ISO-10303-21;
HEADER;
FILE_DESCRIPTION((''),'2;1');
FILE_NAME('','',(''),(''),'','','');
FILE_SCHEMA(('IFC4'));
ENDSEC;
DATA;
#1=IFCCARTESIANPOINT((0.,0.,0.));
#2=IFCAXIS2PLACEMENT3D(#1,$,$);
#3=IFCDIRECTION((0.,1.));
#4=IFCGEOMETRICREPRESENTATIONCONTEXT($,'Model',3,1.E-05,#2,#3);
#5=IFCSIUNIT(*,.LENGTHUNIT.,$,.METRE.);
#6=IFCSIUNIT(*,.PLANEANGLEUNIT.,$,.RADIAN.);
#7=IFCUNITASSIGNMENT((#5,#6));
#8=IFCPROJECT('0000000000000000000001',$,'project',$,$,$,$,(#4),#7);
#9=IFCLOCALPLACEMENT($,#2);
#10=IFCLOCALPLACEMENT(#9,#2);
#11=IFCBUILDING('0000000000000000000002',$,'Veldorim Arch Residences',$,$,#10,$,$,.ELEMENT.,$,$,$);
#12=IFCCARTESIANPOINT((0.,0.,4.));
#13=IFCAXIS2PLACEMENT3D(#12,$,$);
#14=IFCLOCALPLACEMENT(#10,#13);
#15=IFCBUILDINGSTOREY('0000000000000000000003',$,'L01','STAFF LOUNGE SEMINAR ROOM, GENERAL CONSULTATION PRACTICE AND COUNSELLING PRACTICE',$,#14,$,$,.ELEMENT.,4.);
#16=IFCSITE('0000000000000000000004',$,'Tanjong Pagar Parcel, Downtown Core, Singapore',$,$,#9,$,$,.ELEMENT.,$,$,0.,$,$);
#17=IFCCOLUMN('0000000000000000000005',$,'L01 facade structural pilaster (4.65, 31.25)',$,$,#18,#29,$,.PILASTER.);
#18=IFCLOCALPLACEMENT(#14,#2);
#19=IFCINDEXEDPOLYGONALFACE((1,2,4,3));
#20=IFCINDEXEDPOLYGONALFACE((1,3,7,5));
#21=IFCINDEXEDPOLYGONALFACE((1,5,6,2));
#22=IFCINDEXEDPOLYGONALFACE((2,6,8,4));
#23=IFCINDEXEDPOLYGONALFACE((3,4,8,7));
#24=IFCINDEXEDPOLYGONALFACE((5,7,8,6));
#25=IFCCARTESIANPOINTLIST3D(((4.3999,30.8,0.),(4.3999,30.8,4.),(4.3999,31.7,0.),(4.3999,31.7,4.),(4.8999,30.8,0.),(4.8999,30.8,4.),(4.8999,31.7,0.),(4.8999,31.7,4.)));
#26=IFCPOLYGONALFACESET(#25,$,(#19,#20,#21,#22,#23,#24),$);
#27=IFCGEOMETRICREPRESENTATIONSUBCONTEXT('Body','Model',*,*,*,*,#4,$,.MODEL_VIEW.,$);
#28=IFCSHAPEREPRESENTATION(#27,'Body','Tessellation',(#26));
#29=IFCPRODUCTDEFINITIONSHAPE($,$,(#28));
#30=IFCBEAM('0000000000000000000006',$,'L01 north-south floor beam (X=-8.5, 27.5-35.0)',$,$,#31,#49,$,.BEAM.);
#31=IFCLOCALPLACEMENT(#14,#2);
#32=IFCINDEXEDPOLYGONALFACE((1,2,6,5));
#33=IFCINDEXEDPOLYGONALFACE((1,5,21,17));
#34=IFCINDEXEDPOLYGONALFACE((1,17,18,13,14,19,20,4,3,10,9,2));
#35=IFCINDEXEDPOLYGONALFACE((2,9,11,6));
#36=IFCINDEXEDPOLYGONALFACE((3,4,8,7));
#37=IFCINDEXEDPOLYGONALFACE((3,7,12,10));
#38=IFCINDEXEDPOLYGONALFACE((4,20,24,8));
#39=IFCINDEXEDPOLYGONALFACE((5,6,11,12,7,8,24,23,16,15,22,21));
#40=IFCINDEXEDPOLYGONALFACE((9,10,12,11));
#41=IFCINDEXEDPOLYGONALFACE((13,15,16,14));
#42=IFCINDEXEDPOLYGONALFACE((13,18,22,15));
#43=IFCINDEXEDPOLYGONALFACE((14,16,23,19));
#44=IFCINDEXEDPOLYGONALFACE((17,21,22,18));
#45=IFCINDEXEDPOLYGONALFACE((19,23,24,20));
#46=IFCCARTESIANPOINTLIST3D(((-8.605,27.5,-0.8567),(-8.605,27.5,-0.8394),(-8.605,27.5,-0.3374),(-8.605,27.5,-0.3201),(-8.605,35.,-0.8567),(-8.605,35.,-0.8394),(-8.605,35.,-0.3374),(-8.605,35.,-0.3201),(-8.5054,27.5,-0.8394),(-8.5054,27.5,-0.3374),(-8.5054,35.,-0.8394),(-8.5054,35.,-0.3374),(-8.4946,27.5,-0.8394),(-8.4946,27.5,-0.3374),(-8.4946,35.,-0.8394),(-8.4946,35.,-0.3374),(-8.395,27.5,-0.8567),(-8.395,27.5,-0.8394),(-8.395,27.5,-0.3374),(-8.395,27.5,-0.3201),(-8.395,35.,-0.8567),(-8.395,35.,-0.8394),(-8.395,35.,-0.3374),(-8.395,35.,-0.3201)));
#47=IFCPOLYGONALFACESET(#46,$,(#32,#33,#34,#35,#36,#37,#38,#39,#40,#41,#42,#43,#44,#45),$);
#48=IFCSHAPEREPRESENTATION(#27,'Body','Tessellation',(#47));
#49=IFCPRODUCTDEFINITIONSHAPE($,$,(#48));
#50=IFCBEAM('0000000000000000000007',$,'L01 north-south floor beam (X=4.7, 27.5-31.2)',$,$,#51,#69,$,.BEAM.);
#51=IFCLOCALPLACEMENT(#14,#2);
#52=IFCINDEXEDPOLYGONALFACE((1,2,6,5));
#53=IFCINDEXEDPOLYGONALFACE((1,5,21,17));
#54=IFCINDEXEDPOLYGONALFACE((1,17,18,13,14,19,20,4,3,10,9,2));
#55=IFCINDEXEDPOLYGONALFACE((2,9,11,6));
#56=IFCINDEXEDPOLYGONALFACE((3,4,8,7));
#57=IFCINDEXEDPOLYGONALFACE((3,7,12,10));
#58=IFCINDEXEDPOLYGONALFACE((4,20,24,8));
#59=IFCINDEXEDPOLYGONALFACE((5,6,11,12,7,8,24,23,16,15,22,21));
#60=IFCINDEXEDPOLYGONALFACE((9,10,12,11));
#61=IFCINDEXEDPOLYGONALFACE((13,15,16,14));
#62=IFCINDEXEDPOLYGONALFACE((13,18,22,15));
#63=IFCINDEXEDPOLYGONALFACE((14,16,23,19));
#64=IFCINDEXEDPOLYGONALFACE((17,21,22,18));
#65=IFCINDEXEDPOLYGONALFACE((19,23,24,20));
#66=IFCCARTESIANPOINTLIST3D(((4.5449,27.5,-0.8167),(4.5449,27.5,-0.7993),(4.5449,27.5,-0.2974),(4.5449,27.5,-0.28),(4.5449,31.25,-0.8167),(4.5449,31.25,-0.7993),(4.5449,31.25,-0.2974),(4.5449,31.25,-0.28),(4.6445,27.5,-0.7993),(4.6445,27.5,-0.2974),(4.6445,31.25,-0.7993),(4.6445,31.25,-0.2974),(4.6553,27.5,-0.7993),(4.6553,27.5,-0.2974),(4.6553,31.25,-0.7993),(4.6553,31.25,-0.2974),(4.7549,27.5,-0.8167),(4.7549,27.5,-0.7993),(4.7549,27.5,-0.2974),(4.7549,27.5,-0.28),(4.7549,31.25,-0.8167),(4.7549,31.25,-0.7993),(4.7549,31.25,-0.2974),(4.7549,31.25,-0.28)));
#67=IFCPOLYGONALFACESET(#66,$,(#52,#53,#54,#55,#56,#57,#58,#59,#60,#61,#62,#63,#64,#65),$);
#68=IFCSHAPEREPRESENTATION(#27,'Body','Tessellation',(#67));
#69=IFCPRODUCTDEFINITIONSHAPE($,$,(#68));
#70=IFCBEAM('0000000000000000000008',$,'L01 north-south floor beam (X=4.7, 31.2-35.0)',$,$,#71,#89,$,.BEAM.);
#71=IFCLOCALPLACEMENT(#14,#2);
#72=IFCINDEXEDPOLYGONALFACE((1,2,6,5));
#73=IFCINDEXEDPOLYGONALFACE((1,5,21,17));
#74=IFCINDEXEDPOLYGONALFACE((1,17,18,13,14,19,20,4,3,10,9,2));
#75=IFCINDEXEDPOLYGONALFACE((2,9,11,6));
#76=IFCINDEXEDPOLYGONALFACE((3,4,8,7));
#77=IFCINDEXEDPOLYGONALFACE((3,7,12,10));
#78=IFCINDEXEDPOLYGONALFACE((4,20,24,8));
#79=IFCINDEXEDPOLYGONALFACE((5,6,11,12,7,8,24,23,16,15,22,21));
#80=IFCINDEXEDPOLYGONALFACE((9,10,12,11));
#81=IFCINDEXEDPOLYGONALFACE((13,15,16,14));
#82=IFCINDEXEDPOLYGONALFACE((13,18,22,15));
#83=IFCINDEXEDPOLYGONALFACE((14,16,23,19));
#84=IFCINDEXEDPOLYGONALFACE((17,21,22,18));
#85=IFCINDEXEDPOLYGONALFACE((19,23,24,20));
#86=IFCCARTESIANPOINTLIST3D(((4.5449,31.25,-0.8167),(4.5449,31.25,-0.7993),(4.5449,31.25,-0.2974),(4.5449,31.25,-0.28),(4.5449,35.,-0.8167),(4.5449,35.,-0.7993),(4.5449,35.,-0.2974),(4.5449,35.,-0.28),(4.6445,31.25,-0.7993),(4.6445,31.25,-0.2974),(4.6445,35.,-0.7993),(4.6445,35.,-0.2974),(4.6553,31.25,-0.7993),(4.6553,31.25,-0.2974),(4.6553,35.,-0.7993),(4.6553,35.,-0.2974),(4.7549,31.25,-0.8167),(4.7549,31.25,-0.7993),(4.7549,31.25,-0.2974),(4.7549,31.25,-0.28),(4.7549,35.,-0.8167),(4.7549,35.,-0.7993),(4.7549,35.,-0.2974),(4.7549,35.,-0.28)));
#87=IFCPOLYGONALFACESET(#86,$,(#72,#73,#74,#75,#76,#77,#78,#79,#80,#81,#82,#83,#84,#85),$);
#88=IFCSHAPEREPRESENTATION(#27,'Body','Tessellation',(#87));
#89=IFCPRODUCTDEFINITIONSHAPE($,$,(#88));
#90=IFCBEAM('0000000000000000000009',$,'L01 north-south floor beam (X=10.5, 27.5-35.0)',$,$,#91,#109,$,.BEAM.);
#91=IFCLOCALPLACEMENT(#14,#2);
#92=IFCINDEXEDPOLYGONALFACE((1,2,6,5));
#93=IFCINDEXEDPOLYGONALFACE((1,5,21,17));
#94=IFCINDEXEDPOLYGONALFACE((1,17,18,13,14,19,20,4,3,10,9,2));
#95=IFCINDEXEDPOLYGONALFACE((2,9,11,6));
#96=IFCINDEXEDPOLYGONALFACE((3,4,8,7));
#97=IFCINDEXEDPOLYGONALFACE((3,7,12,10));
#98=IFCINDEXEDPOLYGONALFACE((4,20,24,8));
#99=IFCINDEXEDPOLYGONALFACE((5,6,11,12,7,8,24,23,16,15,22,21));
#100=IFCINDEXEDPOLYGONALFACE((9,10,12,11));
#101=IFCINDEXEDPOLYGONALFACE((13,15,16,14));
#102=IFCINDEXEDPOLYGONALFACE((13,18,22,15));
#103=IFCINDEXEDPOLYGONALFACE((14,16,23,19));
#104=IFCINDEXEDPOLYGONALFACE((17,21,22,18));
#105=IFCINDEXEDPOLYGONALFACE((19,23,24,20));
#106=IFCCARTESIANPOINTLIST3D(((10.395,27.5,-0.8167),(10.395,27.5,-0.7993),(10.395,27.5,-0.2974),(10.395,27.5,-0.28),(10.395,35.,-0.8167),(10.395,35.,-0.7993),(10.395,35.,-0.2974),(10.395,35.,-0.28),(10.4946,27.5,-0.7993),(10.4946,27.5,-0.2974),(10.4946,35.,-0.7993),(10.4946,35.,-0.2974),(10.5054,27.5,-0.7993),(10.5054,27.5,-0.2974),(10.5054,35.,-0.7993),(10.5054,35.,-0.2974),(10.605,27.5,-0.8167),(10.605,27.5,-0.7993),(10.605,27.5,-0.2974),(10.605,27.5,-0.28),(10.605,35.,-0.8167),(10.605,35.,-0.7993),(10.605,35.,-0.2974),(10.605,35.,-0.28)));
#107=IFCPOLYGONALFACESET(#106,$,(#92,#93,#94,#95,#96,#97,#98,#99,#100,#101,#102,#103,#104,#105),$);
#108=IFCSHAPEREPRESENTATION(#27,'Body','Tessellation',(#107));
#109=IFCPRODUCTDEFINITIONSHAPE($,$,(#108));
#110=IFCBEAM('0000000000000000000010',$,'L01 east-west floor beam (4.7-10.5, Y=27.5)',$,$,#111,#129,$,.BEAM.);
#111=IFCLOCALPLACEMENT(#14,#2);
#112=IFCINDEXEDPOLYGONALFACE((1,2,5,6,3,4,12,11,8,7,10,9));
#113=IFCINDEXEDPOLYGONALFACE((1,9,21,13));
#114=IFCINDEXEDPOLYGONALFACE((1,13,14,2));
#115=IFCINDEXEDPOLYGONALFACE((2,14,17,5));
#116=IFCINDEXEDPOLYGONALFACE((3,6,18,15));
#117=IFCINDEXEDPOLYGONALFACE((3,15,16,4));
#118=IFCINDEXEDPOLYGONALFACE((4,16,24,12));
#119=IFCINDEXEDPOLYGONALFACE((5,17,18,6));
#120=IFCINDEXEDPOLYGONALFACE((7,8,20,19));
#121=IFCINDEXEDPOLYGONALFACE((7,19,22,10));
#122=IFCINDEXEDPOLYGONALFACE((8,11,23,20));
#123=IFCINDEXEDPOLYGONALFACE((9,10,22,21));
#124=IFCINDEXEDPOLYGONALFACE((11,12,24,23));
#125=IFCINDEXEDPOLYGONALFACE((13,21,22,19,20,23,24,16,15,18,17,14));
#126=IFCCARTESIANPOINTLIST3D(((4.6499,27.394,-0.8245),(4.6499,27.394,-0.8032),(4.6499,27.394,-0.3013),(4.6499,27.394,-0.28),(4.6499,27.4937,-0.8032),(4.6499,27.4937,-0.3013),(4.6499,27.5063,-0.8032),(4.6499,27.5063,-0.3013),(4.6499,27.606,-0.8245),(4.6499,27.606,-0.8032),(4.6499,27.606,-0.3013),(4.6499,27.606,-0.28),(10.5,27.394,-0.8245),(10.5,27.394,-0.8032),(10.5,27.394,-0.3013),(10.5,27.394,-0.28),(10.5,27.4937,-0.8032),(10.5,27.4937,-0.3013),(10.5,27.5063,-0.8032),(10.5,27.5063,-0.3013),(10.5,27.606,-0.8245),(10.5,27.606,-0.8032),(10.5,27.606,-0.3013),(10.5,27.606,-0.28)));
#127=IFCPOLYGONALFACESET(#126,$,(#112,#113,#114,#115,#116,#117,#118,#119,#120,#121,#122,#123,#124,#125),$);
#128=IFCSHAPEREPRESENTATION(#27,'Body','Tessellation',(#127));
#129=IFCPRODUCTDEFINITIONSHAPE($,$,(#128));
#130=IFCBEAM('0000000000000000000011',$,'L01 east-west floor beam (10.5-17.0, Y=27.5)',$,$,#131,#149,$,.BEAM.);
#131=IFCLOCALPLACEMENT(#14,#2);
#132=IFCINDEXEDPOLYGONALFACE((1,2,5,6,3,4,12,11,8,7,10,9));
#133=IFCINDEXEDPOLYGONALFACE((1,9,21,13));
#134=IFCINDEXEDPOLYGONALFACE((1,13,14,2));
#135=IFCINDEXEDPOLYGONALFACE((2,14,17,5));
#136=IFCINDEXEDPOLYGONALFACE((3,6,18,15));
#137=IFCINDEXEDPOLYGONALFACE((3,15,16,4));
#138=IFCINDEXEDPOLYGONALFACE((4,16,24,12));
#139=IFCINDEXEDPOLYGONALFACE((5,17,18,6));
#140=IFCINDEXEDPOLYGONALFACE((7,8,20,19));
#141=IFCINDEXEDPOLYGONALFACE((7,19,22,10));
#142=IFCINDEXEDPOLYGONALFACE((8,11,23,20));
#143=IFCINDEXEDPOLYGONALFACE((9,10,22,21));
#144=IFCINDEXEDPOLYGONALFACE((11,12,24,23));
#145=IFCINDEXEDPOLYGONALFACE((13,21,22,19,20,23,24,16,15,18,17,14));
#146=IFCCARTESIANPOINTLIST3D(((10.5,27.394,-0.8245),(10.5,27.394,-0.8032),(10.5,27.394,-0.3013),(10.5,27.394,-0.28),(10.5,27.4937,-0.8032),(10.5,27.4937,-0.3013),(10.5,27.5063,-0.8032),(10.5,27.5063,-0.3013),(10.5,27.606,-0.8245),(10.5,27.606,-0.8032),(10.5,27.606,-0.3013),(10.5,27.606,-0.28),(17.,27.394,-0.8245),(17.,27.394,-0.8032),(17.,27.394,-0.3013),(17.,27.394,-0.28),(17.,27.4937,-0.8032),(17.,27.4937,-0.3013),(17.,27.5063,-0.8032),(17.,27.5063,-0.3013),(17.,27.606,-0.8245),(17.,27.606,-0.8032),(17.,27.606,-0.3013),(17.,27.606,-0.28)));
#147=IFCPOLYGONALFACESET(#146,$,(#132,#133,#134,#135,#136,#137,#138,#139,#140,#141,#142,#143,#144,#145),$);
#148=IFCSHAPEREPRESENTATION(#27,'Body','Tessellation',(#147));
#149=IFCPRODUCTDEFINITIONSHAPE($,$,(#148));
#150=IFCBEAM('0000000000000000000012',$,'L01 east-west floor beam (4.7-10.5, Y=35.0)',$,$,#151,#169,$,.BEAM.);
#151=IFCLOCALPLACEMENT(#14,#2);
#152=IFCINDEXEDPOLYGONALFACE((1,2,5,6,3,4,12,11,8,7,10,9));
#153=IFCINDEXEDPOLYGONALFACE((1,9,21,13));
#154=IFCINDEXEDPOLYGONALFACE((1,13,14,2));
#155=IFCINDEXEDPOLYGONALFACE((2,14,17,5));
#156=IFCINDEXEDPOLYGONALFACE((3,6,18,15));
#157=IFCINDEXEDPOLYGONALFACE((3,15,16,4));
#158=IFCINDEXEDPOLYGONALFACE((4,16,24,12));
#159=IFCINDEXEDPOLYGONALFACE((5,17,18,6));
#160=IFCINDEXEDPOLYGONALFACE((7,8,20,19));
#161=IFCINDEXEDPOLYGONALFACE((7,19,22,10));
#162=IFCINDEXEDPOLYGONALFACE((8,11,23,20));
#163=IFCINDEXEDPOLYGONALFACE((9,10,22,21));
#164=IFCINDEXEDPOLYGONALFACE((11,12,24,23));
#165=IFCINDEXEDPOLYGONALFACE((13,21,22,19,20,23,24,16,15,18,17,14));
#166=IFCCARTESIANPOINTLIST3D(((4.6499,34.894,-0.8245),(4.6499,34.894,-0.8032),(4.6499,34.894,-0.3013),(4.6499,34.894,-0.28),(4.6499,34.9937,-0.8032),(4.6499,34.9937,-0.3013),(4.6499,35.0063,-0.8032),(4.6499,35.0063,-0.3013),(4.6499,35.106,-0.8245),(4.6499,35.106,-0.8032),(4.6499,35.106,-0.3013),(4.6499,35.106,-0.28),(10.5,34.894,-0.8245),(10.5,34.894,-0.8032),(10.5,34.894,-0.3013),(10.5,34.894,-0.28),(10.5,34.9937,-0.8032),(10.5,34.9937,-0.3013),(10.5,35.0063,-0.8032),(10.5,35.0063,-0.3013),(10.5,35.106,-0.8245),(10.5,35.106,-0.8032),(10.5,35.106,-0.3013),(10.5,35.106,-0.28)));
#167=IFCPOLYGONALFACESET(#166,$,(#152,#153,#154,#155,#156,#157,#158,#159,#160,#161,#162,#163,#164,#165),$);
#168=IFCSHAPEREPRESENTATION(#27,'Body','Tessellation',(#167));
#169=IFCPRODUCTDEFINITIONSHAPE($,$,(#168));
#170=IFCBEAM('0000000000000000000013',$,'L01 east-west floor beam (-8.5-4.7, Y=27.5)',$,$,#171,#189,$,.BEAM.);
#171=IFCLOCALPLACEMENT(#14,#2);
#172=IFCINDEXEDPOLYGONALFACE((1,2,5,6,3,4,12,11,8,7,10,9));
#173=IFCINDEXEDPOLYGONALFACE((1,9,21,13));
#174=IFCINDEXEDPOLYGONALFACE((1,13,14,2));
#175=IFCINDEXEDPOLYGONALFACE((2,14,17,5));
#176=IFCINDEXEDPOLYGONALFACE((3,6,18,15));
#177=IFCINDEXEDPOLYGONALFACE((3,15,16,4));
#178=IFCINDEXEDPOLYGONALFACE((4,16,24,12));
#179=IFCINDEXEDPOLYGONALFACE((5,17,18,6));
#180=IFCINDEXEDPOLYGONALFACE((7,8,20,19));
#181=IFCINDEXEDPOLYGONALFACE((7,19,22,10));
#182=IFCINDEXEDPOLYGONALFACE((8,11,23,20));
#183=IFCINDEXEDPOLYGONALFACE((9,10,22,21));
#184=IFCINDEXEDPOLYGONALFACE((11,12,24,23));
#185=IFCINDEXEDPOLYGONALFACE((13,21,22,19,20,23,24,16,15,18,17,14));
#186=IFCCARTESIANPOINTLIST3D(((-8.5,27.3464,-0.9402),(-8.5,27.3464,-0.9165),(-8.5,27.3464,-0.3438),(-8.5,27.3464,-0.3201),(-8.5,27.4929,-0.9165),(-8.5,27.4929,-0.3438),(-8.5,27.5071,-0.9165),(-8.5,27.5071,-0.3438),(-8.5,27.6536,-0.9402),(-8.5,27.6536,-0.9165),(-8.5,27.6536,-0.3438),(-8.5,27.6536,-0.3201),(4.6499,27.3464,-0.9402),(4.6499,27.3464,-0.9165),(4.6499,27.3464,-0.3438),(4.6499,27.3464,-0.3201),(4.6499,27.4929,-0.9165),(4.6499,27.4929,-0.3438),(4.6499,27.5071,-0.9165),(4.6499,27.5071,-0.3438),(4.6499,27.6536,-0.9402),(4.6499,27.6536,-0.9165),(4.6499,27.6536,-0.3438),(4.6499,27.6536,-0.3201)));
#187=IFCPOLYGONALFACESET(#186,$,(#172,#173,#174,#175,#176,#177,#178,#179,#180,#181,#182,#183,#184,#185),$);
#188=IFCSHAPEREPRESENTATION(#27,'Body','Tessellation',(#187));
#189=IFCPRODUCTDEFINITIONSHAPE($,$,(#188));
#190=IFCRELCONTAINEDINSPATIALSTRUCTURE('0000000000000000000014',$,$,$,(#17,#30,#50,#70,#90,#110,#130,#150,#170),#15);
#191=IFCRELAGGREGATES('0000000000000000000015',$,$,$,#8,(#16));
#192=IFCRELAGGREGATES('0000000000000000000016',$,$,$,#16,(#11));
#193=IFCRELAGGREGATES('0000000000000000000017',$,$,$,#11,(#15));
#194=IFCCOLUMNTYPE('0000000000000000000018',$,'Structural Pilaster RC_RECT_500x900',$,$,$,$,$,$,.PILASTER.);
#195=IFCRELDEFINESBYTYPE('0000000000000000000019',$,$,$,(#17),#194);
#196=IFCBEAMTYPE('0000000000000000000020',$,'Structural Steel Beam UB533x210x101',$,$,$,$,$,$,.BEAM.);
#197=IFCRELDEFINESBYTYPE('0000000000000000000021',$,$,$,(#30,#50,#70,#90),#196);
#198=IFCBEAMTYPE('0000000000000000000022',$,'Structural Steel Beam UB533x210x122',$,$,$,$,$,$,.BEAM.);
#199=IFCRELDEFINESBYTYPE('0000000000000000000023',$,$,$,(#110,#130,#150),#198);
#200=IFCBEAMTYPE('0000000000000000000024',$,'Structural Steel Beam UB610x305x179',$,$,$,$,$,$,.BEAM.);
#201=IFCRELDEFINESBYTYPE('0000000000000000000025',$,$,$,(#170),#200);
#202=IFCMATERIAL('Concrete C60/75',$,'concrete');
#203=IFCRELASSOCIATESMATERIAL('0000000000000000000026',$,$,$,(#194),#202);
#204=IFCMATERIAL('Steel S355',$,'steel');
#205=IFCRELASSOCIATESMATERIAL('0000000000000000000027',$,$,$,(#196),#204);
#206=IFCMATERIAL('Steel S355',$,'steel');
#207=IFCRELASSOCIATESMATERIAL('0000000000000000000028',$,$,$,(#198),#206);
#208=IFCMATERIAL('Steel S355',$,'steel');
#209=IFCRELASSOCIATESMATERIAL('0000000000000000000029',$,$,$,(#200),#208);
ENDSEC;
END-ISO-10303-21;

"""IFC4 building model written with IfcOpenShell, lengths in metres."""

from ifc_helpers import new_model, si_unit, direction, frame, origin, origin_2d, place, context, subcontext, project, spatial, rectangle, i_section, extrude, material, material_profile, profile_set, type_object, element, save


model = new_model("IFC4")

# Units and contexts
model_context = context("Model", 3, precision=1e-05, world=origin(), true_north=direction((0.0, 1.0)))
body_context = subcontext(model_context, "Body", "Model", "MODEL_VIEW")
ifc_project = project(units=[si_unit("LENGTHUNIT", "METRE"), si_unit("PLANEANGLEUNIT", "RADIAN")], contexts=[model_context])

# Site, building, storey
site_placement = place(None, origin())
site = spatial("IfcSite", under=ifc_project, at=site_placement, Name="Tanjong Pagar Parcel, Downtown Core, Singapore", CompositionType="ELEMENT", RefElevation=0.0)
building_placement = place(site_placement, origin())
building = spatial("IfcBuilding", under=site, at=building_placement, Name="Veldorim Arch Residences", CompositionType="ELEMENT")
storey_placement = place(building_placement, frame((0.0, 0.0, 4.0)))
storey = spatial("IfcBuildingStorey", under=building, at=storey_placement, Name="L01", Description="STAFF LOUNGE SEMINAR ROOM, GENERAL CONSULTATION PRACTICE AND COUNSELLING PRACTICE", CompositionType="ELEMENT", Elevation=4.0)

# Column
ifc_material_1 = material(Name="Concrete C60/75", Category="concrete")
ifc_material_profile_1 = material_profile(ifc_material_1, rectangle(XDim=0.5, YDim=0.8999, at=origin_2d()), Name="RC_RECT_500x900")
ifc_profile_set_1 = profile_set([ifc_material_profile_1], Name="Concrete C60/75")
column_type_1 = type_object("IfcColumnType", Name="Structural Pilaster RC_RECT_500x900", PredefinedType="PILASTER", material=ifc_profile_set_1)
column_placement = place(storey_placement, frame((4.6499, 31.25, 0.0), z_axis=(0.0, 0.0, 1.0), x_axis=(1.0, 0.0, 0.0)))
element("IfcColumn", 1, at=column_placement, inside=storey, type_object=column_type_1, Name="L01 facade structural pilaster (4.65, 31.25)", PredefinedType="PILASTER", context=body_context, shape_type="SweptSolid", body=[
    extrude(rectangle(XDim=0.5, YDim=0.8999, at=origin_2d()), origin(), (0.0, 0.0, 1.0), 4.0),
])

# Beams
ifc_material_2 = material(Name="Steel S355", Category="steel")
ifc_material_profile_2 = material_profile(ifc_material_2, i_section(OverallWidth=0.21, OverallDepth=0.5366, WebThickness=0.0107, FlangeThickness=0.0173, at=origin_2d()), Name="UB533x210x101")
ifc_profile_set_2 = profile_set([ifc_material_profile_2], Name="Steel S355")
beam_type_1 = type_object("IfcBeamType", Name="Structural Steel Beam UB533x210x101", PredefinedType="BEAM", material=ifc_profile_set_2)
beam_1_placement = place(storey_placement, frame((-8.5, 27.5, -0.5884), z_axis=(0.0, 1.0, 0.0), x_axis=(-1.0, 0.0, 0.0)))
element("IfcBeam", 2, at=beam_1_placement, inside=storey, type_object=beam_type_1, Name="L01 north-south floor beam (X=-8.5, 27.5-35.0)", PredefinedType="BEAM", context=body_context, shape_type="SweptSolid", body=[
    extrude(i_section(OverallWidth=0.21, OverallDepth=0.5366, WebThickness=0.0107, FlangeThickness=0.0173, at=origin_2d()), origin(), (0.0, 0.0, 1.0), 7.5),
])
for number, where, z_axis, x_axis, name in (
    (3, (4.6499, 27.5, -0.5483), (0.0, 1.0, 0.0), (-1.0, 0.0, 0.0), "L01 north-south floor beam (X=4.7, 27.5-31.2)"),
    (4, (4.6499, 31.25, -0.5483), (0.0, 1.0, 0.0), (-1.0, 0.0, 0.0), "L01 north-south floor beam (X=4.7, 31.2-35.0)"),
):
    element("IfcBeam", number, at=place(storey_placement, frame(where, z_axis=z_axis, x_axis=x_axis)), inside=storey, type_object=beam_type_1, Name=name, PredefinedType="BEAM", context=body_context, shape_type="SweptSolid", body=[
        extrude(i_section(OverallWidth=0.21, OverallDepth=0.5366, WebThickness=0.0107, FlangeThickness=0.0173, at=origin_2d()), origin(), (0.0, 0.0, 1.0), 3.75),
    ])
beam_2_placement = place(storey_placement, frame((10.5, 27.5, -0.5483), z_axis=(0.0, 1.0, 0.0), x_axis=(-1.0, 0.0, 0.0)))
element("IfcBeam", 5, at=beam_2_placement, inside=storey, type_object=beam_type_1, Name="L01 north-south floor beam (X=10.5, 27.5-35.0)", PredefinedType="BEAM", context=body_context, shape_type="SweptSolid", body=[
    extrude(i_section(OverallWidth=0.21, OverallDepth=0.5366, WebThickness=0.0107, FlangeThickness=0.0173, at=origin_2d()), origin(), (0.0, 0.0, 1.0), 7.5),
])
ifc_material_3 = material(Name="Steel S355", Category="steel")
ifc_material_profile_3 = material_profile(ifc_material_3, i_section(OverallWidth=0.2119, OverallDepth=0.5444, WebThickness=0.0127, FlangeThickness=0.0212, at=origin_2d()), Name="UB533x210x122")
ifc_profile_set_3 = profile_set([ifc_material_profile_3], Name="Steel S355")
beam_type_2 = type_object("IfcBeamType", Name="Structural Steel Beam UB533x210x122", PredefinedType="BEAM", material=ifc_profile_set_3)
beam_3_placement = place(storey_placement, frame((4.6499, 27.5, -0.5522), z_axis=(1.0, 0.0, 0.0), x_axis=(0.0, 1.0, 0.0)))
element("IfcBeam", 6, at=beam_3_placement, inside=storey, type_object=beam_type_2, Name="L01 east-west floor beam (4.7-10.5, Y=27.5)", PredefinedType="BEAM", context=body_context, shape_type="SweptSolid", body=[
    extrude(i_section(OverallWidth=0.2119, OverallDepth=0.5444, WebThickness=0.0127, FlangeThickness=0.0212, at=origin_2d()), origin(), (0.0, 0.0, 1.0), 5.8501),
])
beam_4_placement = place(storey_placement, frame((10.5, 27.5, -0.5522), z_axis=(1.0, 0.0, 0.0), x_axis=(0.0, 1.0, 0.0)))
element("IfcBeam", 7, at=beam_4_placement, inside=storey, type_object=beam_type_2, Name="L01 east-west floor beam (10.5-17.0, Y=27.5)", PredefinedType="BEAM", context=body_context, shape_type="SweptSolid", body=[
    extrude(i_section(OverallWidth=0.2119, OverallDepth=0.5444, WebThickness=0.0127, FlangeThickness=0.0212, at=origin_2d()), origin(), (0.0, 0.0, 1.0), 6.5),
])
beam_5_placement = place(storey_placement, frame((4.6499, 35.0, -0.5522), z_axis=(1.0, 0.0, 0.0), x_axis=(0.0, 1.0, 0.0)))
element("IfcBeam", 8, at=beam_5_placement, inside=storey, type_object=beam_type_2, Name="L01 east-west floor beam (4.7-10.5, Y=35.0)", PredefinedType="BEAM", context=body_context, shape_type="SweptSolid", body=[
    extrude(i_section(OverallWidth=0.2119, OverallDepth=0.5444, WebThickness=0.0127, FlangeThickness=0.0212, at=origin_2d()), origin(), (0.0, 0.0, 1.0), 5.8501),
])
ifc_material_4 = material(Name="Steel S355", Category="steel")
ifc_material_profile_4 = material_profile(ifc_material_4, i_section(OverallWidth=0.3071, OverallDepth=0.6201, WebThickness=0.0142, FlangeThickness=0.0237, at=origin_2d()), Name="UB610x305x179")
ifc_profile_set_4 = profile_set([ifc_material_profile_4], Name="Steel S355")
beam_type_3 = type_object("IfcBeamType", Name="Structural Steel Beam UB610x305x179", PredefinedType="BEAM", material=ifc_profile_set_4)
for number, where, z_axis, x_axis, name in (
    (9, (-8.5, 27.5, -0.6301), (1.0, 0.0, 0.0), (0.0, 1.0, 0.0), "L01 east-west floor beam (-8.5-4.7, Y=27.5)"),
):
    element("IfcBeam", number, at=place(storey_placement, frame(where, z_axis=z_axis, x_axis=x_axis)), inside=storey, type_object=beam_type_3, Name=name, PredefinedType="BEAM", context=body_context, shape_type="SweptSolid", body=[
        extrude(i_section(OverallWidth=0.3071, OverallDepth=0.6201, WebThickness=0.0142, FlangeThickness=0.0237, at=origin_2d()), origin(), (0.0, 0.0, 1.0), 13.1499),
    ])

save(model, "model.ifc")
